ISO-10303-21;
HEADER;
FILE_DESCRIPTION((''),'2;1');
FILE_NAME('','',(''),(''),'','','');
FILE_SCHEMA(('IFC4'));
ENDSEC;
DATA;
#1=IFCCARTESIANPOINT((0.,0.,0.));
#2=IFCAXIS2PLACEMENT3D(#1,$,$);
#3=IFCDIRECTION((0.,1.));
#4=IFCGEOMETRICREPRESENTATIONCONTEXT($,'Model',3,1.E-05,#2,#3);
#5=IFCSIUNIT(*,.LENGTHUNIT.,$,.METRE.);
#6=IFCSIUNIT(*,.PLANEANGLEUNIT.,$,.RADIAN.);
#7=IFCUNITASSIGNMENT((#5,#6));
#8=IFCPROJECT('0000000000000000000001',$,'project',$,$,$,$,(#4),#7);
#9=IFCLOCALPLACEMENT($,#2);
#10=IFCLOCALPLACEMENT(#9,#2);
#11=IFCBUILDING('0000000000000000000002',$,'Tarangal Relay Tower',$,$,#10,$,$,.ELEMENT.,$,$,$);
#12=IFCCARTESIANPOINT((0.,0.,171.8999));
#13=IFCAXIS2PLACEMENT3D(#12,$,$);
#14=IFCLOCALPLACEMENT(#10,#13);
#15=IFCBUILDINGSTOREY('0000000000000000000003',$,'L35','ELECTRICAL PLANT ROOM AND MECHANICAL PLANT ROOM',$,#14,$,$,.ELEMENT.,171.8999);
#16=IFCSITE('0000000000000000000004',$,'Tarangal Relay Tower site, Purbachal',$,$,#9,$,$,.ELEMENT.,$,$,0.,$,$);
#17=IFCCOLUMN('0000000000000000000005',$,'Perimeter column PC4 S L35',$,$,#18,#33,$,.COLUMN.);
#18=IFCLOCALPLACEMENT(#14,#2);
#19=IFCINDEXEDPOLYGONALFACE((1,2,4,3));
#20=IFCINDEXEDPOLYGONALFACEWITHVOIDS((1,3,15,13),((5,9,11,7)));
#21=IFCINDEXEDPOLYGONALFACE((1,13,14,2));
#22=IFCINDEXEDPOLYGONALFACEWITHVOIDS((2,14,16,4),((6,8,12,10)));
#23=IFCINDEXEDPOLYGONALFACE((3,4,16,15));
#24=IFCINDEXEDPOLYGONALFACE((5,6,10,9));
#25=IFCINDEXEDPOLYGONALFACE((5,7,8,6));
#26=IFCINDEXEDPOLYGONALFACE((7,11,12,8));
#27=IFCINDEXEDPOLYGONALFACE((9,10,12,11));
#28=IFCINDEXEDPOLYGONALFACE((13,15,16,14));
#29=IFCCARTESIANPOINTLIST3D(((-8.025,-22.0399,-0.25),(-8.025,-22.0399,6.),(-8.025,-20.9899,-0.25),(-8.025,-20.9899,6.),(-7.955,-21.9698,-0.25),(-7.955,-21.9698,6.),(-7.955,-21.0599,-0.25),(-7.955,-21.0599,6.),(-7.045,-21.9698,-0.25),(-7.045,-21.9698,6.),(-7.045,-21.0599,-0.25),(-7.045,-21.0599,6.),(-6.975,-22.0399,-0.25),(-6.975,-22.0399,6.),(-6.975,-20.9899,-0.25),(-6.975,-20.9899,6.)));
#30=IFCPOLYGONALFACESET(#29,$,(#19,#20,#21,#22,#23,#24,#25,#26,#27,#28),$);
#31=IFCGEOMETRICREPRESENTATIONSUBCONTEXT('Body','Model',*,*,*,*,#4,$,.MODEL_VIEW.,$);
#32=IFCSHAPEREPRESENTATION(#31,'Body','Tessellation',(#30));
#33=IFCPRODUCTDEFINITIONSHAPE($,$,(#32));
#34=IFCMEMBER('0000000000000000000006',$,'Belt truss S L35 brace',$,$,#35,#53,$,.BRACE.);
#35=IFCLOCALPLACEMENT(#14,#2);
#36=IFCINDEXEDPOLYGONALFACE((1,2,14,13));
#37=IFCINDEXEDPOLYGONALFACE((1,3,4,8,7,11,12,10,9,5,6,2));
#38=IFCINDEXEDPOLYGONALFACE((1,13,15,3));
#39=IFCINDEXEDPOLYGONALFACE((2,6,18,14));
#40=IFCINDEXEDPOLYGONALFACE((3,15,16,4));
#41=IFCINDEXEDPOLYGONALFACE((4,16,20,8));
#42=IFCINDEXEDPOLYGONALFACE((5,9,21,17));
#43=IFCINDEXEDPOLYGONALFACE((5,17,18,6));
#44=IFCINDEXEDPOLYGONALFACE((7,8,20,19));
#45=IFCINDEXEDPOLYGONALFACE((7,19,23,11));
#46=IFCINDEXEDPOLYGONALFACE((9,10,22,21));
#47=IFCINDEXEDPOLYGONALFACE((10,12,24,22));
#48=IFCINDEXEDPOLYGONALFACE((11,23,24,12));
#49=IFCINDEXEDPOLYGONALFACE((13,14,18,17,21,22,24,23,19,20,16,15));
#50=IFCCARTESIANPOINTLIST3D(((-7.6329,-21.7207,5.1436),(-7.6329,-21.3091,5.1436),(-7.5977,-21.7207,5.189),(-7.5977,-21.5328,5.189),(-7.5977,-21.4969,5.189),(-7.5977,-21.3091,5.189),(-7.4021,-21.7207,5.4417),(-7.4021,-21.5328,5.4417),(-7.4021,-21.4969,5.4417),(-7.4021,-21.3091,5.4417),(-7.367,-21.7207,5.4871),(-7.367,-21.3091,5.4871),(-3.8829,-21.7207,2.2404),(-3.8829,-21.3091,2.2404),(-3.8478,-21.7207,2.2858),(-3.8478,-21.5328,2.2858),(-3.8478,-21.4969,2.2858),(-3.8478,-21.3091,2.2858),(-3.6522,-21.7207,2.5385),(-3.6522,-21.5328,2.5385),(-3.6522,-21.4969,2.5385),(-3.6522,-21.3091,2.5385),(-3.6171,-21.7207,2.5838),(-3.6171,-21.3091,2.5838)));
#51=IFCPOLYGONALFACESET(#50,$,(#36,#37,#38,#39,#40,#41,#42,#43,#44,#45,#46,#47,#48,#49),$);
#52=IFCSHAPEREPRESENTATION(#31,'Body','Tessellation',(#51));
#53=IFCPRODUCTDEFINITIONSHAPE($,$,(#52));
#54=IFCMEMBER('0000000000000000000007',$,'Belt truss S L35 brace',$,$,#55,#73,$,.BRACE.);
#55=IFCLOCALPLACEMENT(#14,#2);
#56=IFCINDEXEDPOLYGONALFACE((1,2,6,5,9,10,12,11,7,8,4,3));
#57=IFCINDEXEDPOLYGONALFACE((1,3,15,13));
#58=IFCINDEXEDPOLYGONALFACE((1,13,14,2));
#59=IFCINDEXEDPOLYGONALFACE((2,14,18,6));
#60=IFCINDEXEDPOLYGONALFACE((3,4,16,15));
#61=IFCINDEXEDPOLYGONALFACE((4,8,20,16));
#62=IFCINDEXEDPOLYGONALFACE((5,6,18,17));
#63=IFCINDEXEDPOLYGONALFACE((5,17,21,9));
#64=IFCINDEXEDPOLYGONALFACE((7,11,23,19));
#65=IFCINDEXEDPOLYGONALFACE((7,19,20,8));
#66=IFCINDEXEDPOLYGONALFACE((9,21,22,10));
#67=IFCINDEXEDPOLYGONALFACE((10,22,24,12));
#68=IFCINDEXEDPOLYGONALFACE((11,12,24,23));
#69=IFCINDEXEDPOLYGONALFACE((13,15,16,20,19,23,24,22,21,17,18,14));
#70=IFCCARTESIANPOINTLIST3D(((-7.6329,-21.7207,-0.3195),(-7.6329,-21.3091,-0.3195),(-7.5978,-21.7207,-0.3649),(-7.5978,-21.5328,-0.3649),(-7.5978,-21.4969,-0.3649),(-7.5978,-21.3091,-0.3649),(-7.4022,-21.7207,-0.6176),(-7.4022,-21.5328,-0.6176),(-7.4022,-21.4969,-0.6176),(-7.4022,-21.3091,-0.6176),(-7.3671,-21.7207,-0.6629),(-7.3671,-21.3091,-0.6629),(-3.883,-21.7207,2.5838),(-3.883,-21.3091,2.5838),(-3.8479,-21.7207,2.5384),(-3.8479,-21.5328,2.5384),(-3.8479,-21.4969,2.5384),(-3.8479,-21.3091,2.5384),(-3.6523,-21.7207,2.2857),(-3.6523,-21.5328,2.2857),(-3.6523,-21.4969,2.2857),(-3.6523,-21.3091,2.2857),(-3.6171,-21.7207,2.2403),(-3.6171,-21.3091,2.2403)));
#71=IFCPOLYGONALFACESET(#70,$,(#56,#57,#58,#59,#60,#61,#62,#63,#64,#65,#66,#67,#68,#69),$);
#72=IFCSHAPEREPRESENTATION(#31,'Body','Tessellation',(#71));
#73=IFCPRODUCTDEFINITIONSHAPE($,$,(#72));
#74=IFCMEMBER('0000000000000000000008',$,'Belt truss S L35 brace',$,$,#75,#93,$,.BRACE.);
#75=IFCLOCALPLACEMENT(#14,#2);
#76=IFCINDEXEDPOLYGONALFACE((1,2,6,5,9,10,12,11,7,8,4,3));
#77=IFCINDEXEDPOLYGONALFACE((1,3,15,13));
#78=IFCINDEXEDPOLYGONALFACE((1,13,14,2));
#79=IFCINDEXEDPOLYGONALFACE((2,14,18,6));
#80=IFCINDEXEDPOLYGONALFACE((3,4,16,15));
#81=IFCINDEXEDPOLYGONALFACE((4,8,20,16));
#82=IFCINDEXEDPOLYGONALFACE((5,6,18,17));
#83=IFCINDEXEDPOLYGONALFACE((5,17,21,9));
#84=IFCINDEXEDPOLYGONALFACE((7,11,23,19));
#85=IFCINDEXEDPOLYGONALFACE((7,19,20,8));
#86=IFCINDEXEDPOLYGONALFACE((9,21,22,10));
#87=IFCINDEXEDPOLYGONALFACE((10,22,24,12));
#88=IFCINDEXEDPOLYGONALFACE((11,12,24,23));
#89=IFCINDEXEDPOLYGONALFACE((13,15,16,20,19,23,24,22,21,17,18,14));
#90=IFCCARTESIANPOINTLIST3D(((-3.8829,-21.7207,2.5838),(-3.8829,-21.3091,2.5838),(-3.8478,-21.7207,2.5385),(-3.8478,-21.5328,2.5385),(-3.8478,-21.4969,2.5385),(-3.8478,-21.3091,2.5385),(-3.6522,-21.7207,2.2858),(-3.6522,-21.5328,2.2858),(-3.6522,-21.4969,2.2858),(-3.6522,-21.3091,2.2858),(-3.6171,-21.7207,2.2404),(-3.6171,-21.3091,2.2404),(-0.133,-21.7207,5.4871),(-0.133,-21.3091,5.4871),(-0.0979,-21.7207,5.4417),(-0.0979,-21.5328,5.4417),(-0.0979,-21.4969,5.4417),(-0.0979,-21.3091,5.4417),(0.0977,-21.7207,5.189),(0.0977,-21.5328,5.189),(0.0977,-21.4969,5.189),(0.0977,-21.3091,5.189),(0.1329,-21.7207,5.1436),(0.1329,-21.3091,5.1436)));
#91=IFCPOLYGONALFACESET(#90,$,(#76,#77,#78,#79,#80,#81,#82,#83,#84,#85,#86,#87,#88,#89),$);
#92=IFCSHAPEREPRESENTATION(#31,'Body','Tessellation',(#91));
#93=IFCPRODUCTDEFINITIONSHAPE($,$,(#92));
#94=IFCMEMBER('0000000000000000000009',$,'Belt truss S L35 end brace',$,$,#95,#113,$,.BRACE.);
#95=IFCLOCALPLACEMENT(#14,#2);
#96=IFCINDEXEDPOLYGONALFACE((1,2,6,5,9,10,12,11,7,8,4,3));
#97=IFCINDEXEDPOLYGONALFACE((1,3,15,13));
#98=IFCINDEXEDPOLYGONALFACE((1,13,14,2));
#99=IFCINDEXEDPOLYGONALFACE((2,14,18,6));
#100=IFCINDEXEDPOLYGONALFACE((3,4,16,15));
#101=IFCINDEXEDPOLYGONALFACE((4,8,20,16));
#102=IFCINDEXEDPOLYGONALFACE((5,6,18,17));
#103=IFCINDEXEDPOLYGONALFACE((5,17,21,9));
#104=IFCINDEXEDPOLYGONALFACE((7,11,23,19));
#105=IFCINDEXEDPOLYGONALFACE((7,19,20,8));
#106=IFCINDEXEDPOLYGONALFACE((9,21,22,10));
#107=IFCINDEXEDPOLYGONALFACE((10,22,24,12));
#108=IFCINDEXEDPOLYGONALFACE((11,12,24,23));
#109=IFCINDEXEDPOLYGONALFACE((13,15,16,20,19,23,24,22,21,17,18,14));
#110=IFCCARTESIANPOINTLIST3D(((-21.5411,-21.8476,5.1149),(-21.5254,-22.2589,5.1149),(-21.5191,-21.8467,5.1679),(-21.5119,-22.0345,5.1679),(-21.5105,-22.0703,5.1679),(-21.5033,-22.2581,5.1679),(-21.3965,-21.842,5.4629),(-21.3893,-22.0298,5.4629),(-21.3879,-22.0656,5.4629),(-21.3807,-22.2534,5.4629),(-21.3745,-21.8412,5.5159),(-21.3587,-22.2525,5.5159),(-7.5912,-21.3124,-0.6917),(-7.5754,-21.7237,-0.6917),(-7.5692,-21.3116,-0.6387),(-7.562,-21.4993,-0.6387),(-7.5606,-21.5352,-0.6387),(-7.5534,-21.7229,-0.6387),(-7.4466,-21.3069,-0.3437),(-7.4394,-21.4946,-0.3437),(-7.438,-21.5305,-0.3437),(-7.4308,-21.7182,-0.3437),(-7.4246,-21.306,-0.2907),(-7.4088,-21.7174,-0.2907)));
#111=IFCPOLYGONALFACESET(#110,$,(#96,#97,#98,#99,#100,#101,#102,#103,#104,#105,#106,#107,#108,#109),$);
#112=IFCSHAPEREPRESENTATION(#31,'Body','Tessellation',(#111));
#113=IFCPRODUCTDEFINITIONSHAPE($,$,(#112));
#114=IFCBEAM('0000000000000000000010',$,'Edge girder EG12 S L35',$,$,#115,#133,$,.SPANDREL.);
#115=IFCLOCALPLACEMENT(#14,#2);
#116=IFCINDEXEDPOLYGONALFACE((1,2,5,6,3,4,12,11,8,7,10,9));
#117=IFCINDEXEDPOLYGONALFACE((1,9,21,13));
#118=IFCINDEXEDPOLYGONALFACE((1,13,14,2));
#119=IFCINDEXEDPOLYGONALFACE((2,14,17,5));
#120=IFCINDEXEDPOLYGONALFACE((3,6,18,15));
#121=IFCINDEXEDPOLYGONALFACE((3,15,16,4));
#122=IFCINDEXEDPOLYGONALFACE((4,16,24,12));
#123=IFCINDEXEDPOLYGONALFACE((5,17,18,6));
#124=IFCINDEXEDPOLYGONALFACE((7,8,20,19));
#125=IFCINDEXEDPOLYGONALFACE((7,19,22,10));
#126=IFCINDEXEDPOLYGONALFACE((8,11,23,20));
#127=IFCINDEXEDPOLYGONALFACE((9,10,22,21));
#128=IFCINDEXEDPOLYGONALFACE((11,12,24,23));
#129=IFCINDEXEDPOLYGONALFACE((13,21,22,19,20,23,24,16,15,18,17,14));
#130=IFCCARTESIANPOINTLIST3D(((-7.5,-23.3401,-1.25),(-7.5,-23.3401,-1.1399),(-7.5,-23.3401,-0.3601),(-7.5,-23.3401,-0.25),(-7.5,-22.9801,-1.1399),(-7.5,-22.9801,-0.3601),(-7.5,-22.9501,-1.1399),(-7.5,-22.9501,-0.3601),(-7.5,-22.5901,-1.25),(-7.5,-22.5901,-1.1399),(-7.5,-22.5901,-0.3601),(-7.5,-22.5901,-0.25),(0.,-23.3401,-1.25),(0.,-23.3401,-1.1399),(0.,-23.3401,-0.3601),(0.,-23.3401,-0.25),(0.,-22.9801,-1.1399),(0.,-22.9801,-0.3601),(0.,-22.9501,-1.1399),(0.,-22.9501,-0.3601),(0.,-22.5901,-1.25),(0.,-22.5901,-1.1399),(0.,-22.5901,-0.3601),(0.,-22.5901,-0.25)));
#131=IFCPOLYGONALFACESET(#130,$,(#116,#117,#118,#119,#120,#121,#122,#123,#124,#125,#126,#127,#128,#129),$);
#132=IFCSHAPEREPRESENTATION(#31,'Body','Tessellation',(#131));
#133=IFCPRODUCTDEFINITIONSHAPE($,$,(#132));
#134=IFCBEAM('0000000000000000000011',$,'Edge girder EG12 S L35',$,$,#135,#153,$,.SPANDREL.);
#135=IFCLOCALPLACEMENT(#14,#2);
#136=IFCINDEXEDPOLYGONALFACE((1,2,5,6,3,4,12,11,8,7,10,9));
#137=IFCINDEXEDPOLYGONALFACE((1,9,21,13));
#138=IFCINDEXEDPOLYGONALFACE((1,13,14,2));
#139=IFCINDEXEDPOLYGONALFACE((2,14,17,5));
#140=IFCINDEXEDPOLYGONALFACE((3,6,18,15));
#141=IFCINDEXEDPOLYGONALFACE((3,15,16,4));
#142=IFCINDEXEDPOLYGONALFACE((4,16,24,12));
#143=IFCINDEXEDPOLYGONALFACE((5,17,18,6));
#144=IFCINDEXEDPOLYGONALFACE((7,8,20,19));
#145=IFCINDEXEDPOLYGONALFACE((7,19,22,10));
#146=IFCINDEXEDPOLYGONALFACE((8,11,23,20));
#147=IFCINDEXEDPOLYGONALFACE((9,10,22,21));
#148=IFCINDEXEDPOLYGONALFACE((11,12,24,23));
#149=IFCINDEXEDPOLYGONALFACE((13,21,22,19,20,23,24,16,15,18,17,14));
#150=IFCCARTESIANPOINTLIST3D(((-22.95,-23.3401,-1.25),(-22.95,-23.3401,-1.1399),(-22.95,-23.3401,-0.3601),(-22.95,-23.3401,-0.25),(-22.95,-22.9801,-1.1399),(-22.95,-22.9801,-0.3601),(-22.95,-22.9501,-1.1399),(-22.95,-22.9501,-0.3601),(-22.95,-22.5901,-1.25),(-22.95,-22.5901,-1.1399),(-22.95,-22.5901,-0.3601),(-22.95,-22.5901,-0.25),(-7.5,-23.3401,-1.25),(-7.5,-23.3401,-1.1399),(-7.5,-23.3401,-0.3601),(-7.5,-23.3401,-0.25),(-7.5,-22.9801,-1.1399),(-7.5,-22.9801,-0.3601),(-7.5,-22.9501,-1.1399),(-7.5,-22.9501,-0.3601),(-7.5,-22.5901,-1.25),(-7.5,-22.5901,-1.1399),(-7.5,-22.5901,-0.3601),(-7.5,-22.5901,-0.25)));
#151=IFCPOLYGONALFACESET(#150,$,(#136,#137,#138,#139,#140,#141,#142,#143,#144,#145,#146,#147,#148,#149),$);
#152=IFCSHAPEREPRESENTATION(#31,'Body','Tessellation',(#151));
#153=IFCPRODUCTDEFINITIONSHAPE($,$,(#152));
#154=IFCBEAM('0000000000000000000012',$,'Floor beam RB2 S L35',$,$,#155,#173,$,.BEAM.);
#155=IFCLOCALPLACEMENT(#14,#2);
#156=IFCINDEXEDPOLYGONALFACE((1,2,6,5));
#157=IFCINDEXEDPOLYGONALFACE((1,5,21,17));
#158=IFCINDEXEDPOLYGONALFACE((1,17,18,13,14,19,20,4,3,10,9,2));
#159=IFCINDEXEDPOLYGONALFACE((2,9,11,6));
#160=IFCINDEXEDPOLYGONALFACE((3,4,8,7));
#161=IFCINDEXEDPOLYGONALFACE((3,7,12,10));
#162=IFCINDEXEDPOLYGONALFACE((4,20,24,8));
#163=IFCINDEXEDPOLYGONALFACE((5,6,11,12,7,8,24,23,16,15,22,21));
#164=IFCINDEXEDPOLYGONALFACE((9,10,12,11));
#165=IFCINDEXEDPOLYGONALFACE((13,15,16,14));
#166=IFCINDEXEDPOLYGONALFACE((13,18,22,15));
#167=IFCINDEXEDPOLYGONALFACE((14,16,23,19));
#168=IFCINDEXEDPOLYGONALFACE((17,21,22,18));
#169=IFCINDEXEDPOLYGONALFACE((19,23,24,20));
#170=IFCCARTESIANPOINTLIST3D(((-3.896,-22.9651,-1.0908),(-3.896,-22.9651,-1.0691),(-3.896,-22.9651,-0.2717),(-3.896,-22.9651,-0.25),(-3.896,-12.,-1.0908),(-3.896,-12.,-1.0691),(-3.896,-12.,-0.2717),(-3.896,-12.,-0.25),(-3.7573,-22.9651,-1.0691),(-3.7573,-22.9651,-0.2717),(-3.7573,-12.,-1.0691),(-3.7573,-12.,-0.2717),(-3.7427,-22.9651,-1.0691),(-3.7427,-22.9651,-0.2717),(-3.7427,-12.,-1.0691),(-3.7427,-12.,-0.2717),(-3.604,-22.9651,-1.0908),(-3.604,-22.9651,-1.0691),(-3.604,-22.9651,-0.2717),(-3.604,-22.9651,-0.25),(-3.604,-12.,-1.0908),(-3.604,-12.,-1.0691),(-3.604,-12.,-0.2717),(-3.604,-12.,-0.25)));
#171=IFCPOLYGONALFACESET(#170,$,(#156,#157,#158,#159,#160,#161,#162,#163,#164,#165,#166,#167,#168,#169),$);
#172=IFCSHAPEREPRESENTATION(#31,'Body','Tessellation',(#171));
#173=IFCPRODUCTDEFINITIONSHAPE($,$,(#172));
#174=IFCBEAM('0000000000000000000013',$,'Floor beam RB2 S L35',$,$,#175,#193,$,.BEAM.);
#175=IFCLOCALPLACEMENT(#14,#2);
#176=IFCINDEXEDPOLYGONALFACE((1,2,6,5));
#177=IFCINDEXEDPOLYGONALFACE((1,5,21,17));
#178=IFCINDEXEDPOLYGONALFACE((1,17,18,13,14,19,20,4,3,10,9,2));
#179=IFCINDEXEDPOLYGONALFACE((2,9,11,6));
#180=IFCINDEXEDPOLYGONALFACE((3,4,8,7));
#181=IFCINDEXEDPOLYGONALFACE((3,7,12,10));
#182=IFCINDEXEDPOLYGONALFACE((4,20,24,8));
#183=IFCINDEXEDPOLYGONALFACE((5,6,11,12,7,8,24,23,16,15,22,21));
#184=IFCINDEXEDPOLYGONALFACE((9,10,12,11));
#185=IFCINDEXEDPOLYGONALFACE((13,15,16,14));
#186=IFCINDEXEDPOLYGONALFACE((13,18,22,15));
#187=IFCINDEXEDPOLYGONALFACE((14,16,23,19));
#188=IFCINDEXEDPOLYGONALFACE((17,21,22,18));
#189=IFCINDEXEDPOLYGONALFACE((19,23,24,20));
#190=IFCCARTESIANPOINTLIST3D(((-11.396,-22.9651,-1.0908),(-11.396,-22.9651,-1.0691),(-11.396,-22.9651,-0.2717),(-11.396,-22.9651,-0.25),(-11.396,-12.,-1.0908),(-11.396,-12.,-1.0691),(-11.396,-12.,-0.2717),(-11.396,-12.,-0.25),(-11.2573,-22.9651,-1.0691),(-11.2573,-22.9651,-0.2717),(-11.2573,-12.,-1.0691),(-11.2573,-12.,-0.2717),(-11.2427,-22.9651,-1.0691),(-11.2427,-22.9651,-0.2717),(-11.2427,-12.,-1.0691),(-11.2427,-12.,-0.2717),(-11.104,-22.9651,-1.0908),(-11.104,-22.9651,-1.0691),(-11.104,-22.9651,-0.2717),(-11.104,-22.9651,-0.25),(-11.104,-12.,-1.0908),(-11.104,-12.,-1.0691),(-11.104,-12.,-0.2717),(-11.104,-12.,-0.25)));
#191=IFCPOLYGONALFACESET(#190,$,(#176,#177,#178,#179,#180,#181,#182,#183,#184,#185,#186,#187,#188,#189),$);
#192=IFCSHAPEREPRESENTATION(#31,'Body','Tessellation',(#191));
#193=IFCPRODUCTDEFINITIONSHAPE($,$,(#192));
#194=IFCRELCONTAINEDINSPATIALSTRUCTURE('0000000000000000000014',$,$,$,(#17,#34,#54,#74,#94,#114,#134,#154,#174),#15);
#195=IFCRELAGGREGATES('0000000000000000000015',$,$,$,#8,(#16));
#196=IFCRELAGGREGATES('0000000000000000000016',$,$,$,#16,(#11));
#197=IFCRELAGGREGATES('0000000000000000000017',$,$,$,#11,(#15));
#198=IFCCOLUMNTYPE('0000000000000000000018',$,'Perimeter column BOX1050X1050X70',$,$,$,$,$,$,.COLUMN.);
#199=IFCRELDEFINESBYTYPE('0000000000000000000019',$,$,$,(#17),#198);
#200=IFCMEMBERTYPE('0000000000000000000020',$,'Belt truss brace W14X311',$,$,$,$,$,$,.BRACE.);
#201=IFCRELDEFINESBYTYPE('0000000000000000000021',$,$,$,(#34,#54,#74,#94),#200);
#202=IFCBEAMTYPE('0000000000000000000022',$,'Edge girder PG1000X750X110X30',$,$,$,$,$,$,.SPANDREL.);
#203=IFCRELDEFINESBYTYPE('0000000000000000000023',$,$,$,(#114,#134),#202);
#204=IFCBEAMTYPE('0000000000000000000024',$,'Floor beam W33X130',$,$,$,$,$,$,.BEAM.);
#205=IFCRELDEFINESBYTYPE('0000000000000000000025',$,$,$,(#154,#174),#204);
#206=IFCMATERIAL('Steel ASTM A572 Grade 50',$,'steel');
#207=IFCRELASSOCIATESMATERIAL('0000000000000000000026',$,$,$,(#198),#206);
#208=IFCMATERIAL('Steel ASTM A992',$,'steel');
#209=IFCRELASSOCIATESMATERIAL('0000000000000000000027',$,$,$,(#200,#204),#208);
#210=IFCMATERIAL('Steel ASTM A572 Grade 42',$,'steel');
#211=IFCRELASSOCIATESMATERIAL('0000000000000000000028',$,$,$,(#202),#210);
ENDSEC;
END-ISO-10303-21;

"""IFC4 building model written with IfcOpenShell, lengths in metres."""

from ifc_helpers import new_model, si_unit, direction, frame, origin, origin_2d, place, context, subcontext, project, spatial, hollow_rectangle, i_section, extrude, material, material_profile, profile_set, type_object, element, save


model = new_model("IFC4")

# Units and contexts
model_context = context("Model", 3, precision=1e-05, world=origin(), true_north=direction((0.0, 1.0)))
body_context = subcontext(model_context, "Body", "Model", "MODEL_VIEW")
ifc_project = project(units=[si_unit("LENGTHUNIT", "METRE"), si_unit("PLANEANGLEUNIT", "RADIAN")], contexts=[model_context])

# Site, building, storey
site_placement = place(None, origin())
site = spatial("IfcSite", under=ifc_project, at=site_placement, Name="Tarangal Relay Tower site, Purbachal", CompositionType="ELEMENT", RefElevation=0.0)
building_placement = place(site_placement, origin())
building = spatial("IfcBuilding", under=site, at=building_placement, Name="Tarangal Relay Tower", CompositionType="ELEMENT")
storey_placement = place(building_placement, frame((0.0, 0.0, 171.8999)))
storey = spatial("IfcBuildingStorey", under=building, at=storey_placement, Name="L35", Description="ELECTRICAL PLANT ROOM AND MECHANICAL PLANT ROOM", CompositionType="ELEMENT", Elevation=171.8999)

# Column
ifc_material_1 = material(Name="Steel ASTM A572 Grade 50", Category="steel")
ifc_material_profile_1 = material_profile(ifc_material_1, hollow_rectangle(XDim=1.05, YDim=1.05, WallThickness=0.0701, at=origin_2d()), Name="BOX1050X1050X70")
ifc_profile_set_1 = profile_set([ifc_material_profile_1], Name="Steel ASTM A572 Grade 50")
column_type = type_object("IfcColumnType", Name="Perimeter column BOX1050X1050X70", PredefinedType="COLUMN", material=ifc_profile_set_1)
column_placement = place(storey_placement, frame((-7.5, -21.5149, -0.25), z_axis=(0.0, 0.0, 1.0), x_axis=(1.0, 0.0, 0.0)))
element("IfcColumn", 1, at=column_placement, inside=storey, type_object=column_type, Name="Perimeter column PC4 S L35", PredefinedType="COLUMN", context=body_context, shape_type="SweptSolid", body=[
    extrude(hollow_rectangle(XDim=1.05, YDim=1.05, WallThickness=0.0701, at=origin_2d()), origin(), (0.0, 0.0, 1.0), 6.25),
])

# Members
ifc_material_2 = material(Name="Steel ASTM A992", Category="steel")
ifc_material_profile_2 = material_profile(ifc_material_2, i_section(OverallWidth=0.4116, OverallDepth=0.4343, WebThickness=0.0359, FlangeThickness=0.0574, at=origin_2d()), Name="W14X311")
ifc_profile_set_2 = profile_set([ifc_material_profile_2], Name="Steel ASTM A992")
member_type_1 = type_object("IfcMemberType", Name="Belt truss brace W14X311", PredefinedType="BRACE", material=ifc_profile_set_2)
for number, where, z_axis, x_axis, name in (
    (2, (-3.75, -21.5149, 2.4121), (-0.790714, 0.0, 0.612186), (0.0, -1.0, 0.0), "Belt truss S L35 brace"),
    (3, (-7.5, -21.5149, -0.4912), (0.790714, 0.0, 0.612186), (0.0, 1.0, 0.0), "Belt truss S L35 brace"),
    (4, (-3.75, -21.5149, 2.4121), (0.790714, 0.0, 0.612186), (0.0, 1.0, 0.0), "Belt truss S L35 brace"),
):
    element("IfcMember", number, at=place(storey_placement, frame(where, z_axis=z_axis, x_axis=x_axis)), inside=storey, type_object=member_type_1, Name=name, PredefinedType="BRACE", context=body_context, shape_type="SweptSolid", body=[
        extrude(i_section(OverallWidth=0.4116, OverallDepth=0.4343, WebThickness=0.0359, FlangeThickness=0.0574, at=origin_2d()), origin(), (0.0, 0.0, 1.0), 4.7424),
    ])
member_1_placement = place(storey_placement, frame((-7.5, -21.5149, -0.4912), z_axis=(-0.922636, -0.035395, 0.384045), x_axis=(0.038334, -0.999265, 0.0)))
element("IfcMember", 5, at=member_1_placement, inside=storey, type_object=member_type_1, Name="Belt truss S L35 end brace", PredefinedType="BRACE", context=body_context, shape_type="SweptSolid", body=[
    extrude(i_section(OverallWidth=0.4116, OverallDepth=0.4343, WebThickness=0.0359, FlangeThickness=0.0574, at=origin_2d()), origin(), (0.0, 0.0, 1.0), 15.1196),
])

# Beams
ifc_material_3 = material(Name="Steel ASTM A572 Grade 42", Category="steel")
ifc_material_profile_3 = material_profile(ifc_material_3, i_section(OverallWidth=0.75, OverallDepth=1.0, WebThickness=0.03, FlangeThickness=0.1101, at=origin_2d()), Name="PG1000X750X110X30")
ifc_profile_set_3 = profile_set([ifc_material_profile_3], Name="Steel ASTM A572 Grade 42")
beam_type_1 = type_object("IfcBeamType", Name="Edge girder PG1000X750X110X30", PredefinedType="SPANDREL", material=ifc_profile_set_3)
beam_1_placement = place(storey_placement, frame((0.0, -22.9651, -0.75), z_axis=(-1.0, 0.0, 0.0), x_axis=(0.0, -1.0, 0.0)))
element("IfcBeam", 6, at=beam_1_placement, inside=storey, type_object=beam_type_1, Name="Edge girder EG12 S L35", PredefinedType="SPANDREL", context=body_context, shape_type="SweptSolid", body=[
    extrude(i_section(OverallWidth=0.75, OverallDepth=1.0, WebThickness=0.03, FlangeThickness=0.1101, at=origin_2d()), origin(), (0.0, 0.0, 1.0), 7.5),
])
beam_2_placement = place(storey_placement, frame((-7.5, -22.9651, -0.75), z_axis=(-1.0, 0.0, 0.0), x_axis=(0.0, -1.0, 0.0)))
element("IfcBeam", 7, at=beam_2_placement, inside=storey, type_object=beam_type_1, Name="Edge girder EG12 S L35", PredefinedType="SPANDREL", context=body_context, shape_type="SweptSolid", body=[
    extrude(i_section(OverallWidth=0.75, OverallDepth=1.0, WebThickness=0.03, FlangeThickness=0.1101, at=origin_2d()), origin(), (0.0, 0.0, 1.0), 15.45),
])
ifc_material_profile_4 = material_profile(ifc_material_2, i_section(OverallWidth=0.292, OverallDepth=0.8408, WebThickness=0.0146, FlangeThickness=0.0217, at=origin_2d()), Name="W33X130")
ifc_profile_set_4 = profile_set([ifc_material_profile_4], Name="Steel ASTM A992")
beam_type_2 = type_object("IfcBeamType", Name="Floor beam W33X130", PredefinedType="BEAM", material=ifc_profile_set_4)
for number, where, z_axis, x_axis, name in (
    (8, (-3.75, -12.0, -0.6704), (0.0, -1.0, 0.0), (1.0, 0.0, 0.0), "Floor beam RB2 S L35"),
    (9, (-11.25, -12.0, -0.6704), (0.0, -1.0, 0.0), (1.0, 0.0, 0.0), "Floor beam RB2 S L35"),
):
    element("IfcBeam", number, at=place(storey_placement, frame(where, z_axis=z_axis, x_axis=x_axis)), inside=storey, type_object=beam_type_2, Name=name, PredefinedType="BEAM", context=body_context, shape_type="SweptSolid", body=[
        extrude(i_section(OverallWidth=0.292, OverallDepth=0.8408, WebThickness=0.0146, FlangeThickness=0.0217, at=origin_2d()), origin(), (0.0, 0.0, 1.0), 10.9651),
    ])

save(model, "model.ifc")
